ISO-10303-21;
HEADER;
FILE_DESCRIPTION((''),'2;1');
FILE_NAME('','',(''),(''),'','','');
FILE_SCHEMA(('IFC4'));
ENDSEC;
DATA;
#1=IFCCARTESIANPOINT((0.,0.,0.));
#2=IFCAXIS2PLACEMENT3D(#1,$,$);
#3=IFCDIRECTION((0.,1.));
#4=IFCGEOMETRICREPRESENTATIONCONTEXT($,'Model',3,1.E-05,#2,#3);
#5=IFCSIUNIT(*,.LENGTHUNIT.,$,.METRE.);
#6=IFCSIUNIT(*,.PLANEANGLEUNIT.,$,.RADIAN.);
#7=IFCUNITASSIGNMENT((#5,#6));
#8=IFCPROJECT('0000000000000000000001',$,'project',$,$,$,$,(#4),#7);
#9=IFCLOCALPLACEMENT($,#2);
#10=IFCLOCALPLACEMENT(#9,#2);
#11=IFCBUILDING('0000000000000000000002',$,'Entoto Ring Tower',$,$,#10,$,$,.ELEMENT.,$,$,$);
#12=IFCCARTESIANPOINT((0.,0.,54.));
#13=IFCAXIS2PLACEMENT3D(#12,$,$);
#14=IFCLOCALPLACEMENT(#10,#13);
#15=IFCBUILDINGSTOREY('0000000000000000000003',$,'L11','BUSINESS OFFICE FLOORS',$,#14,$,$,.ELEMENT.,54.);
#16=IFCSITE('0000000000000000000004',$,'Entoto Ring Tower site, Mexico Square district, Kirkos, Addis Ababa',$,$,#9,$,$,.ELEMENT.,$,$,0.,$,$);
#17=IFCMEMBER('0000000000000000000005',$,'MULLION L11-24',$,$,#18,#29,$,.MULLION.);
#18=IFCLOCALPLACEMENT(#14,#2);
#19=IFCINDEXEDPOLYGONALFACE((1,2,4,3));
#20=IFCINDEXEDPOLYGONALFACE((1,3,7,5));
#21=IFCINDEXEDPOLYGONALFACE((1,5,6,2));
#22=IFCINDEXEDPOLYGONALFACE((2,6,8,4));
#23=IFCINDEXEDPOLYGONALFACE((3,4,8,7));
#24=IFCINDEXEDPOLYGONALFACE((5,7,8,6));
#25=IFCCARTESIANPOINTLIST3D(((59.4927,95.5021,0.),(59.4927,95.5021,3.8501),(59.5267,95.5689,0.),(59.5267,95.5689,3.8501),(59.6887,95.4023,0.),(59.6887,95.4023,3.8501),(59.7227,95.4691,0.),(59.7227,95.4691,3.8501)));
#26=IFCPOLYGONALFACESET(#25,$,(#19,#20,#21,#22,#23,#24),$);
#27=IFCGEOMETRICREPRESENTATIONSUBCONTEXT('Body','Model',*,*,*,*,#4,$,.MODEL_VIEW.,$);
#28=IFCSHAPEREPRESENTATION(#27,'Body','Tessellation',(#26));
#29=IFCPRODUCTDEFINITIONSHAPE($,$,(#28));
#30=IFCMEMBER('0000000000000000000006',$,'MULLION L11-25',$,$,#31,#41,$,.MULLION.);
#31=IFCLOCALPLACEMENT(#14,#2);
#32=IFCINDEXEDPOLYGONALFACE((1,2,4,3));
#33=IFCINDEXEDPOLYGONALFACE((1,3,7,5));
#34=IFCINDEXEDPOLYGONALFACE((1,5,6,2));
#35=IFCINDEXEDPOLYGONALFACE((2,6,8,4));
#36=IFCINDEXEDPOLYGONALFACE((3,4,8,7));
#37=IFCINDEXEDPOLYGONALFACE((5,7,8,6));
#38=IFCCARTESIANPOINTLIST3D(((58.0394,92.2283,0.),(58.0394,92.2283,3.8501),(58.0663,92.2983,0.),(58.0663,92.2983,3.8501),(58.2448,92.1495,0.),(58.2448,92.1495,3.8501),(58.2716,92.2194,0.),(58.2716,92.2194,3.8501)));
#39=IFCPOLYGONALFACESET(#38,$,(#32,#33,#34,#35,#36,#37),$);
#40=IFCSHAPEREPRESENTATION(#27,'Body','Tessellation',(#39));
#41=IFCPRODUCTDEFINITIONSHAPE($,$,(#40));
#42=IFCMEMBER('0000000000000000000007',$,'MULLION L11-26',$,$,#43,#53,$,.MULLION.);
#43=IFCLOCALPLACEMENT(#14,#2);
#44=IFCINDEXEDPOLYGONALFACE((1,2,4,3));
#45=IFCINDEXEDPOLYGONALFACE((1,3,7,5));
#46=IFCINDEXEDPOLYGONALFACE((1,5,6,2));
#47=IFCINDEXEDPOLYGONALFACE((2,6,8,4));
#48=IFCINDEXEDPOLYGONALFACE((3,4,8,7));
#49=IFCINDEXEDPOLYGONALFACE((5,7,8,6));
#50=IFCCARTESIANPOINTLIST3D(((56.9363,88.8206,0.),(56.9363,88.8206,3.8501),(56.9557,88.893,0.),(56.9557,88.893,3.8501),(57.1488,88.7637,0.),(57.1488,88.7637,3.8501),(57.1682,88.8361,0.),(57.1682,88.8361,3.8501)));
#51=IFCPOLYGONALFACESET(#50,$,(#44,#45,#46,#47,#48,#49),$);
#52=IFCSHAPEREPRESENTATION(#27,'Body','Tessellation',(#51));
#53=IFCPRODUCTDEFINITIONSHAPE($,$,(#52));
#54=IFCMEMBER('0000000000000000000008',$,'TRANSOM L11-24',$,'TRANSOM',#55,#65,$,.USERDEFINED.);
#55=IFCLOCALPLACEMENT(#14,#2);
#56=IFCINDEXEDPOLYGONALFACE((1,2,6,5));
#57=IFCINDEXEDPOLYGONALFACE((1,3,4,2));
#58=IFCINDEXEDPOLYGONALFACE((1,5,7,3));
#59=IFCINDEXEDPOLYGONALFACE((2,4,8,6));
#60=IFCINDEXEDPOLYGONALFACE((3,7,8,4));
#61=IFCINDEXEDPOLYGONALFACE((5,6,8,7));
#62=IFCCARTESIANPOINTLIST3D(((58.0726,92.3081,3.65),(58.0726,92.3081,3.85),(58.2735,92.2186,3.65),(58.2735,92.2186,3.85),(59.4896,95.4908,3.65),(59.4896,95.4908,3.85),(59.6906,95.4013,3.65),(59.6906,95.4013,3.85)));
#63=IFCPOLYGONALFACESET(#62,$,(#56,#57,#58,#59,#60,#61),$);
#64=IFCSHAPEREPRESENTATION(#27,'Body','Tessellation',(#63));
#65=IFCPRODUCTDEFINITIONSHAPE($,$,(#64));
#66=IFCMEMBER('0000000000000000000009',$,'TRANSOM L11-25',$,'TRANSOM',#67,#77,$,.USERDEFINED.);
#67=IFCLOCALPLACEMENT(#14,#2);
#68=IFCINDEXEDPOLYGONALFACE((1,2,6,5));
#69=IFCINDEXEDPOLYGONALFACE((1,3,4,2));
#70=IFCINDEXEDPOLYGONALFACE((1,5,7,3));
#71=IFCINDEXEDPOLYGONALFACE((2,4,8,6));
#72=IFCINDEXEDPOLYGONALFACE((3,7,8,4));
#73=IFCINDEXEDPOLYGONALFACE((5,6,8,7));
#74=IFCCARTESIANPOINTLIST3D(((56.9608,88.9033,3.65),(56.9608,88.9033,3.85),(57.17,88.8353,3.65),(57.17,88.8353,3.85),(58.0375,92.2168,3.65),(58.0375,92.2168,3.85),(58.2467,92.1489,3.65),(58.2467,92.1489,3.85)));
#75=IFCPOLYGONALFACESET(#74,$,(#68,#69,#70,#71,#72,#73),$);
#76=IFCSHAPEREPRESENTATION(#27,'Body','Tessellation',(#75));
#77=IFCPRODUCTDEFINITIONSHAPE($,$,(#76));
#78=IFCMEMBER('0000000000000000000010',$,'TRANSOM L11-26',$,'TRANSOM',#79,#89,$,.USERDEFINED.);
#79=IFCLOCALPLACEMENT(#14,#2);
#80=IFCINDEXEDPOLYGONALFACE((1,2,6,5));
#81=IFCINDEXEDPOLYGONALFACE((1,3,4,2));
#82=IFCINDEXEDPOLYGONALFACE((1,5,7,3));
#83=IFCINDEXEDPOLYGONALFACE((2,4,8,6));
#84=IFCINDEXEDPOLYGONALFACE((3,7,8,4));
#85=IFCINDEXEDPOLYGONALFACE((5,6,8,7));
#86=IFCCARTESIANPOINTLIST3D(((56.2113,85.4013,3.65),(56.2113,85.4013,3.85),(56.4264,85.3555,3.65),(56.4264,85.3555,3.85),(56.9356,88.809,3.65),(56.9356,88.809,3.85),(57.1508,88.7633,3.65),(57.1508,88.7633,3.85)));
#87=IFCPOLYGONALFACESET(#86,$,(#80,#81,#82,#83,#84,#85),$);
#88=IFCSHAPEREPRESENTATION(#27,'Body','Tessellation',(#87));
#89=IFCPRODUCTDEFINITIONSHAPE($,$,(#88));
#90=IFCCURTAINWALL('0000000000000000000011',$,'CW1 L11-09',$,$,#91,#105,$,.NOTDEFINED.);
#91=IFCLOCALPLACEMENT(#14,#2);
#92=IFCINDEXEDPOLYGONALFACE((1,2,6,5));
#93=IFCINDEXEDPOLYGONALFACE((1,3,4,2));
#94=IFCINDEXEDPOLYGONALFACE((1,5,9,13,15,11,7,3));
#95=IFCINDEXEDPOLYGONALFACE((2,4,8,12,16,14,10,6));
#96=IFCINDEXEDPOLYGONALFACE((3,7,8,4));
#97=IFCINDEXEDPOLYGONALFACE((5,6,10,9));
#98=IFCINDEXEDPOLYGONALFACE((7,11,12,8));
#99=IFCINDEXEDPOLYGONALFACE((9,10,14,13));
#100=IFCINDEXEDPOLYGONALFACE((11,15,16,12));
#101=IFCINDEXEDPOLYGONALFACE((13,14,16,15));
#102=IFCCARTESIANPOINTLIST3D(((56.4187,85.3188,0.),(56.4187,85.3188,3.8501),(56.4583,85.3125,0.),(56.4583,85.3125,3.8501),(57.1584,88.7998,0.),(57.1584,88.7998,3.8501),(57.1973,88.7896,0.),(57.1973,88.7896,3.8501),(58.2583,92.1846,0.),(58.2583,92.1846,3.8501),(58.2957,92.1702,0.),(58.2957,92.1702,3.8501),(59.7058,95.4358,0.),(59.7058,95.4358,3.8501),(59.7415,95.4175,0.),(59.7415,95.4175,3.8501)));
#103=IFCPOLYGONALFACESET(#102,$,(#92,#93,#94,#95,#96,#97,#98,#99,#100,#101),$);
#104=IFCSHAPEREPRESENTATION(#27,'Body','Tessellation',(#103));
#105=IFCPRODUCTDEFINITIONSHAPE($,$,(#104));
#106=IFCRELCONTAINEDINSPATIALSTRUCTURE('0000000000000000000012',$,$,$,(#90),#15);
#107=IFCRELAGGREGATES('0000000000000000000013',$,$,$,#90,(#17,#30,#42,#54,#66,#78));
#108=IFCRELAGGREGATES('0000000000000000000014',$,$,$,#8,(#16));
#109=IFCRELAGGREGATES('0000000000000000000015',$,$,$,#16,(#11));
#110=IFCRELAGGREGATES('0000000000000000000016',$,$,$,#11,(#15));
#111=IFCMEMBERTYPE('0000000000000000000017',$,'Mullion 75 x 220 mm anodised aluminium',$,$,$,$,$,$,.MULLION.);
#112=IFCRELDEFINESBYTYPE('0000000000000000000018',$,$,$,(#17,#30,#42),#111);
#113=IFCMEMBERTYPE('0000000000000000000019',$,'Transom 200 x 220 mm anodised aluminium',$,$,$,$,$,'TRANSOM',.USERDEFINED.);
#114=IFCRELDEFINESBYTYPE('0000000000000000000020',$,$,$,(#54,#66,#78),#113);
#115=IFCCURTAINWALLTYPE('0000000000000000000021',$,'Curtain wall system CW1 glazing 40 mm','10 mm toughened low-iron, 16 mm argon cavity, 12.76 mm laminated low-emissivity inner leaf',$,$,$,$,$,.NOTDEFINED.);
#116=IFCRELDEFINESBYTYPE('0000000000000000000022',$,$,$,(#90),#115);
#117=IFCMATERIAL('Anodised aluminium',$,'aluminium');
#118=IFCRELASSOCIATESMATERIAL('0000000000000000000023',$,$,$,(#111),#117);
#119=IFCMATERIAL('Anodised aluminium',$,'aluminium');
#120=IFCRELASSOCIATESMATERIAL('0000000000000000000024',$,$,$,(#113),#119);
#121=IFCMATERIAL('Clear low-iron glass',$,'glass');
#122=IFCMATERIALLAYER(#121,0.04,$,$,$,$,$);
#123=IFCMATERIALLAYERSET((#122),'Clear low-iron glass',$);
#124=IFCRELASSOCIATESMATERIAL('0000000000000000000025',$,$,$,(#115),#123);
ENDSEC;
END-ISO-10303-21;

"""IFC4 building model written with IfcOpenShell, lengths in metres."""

from ifc_helpers import new_model, si_unit, direction, frame, origin, origin_2d, place, context, subcontext, project, spatial, polyline, rectangle, outline, extrude, material, layer, layer_set, material_profile, profile_set, type_object, element, aggregate, save


model = new_model("IFC4")

# Units and contexts
model_context = context("Model", 3, precision=1e-05, world=origin(), true_north=direction((0.0, 1.0)))
body_context = subcontext(model_context, "Body", "Model", "MODEL_VIEW")
ifc_project = project(units=[si_unit("LENGTHUNIT", "METRE"), si_unit("PLANEANGLEUNIT", "RADIAN")], contexts=[model_context])

# Members
ifc_material_1 = material(Name="Anodised aluminium", Category="aluminium")
ifc_material_profile_1 = material_profile(ifc_material_1, rectangle(XDim=0.075, YDim=0.22, at=origin_2d()), Name="Mullion 75 x 220 mm anodised aluminium")
ifc_profile_set_1 = profile_set([ifc_material_profile_1], Name="Anodised aluminium")
member_type_1 = type_object("IfcMemberType", Name="Mullion 75 x 220 mm anodised aluminium", PredefinedType="MULLION", material=ifc_profile_set_1)
site_placement = place(None, origin())
building_placement = place(site_placement, origin())
storey_placement = place(building_placement, frame((0.0, 0.0, 54.0)))
member_1_placement = place(storey_placement, frame((59.6077, 95.4856, 0.0), z_axis=(0.0, 0.0, 1.0), x_axis=(-0.45399, -0.891007, 0.0)))
member_1 = element("IfcMember", 1, at=member_1_placement, type_object=member_type_1, Name="MULLION L11-24", PredefinedType="MULLION", context=body_context, shape_type="SweptSolid", body=[
    extrude(rectangle(XDim=0.075, YDim=0.22, at=origin_2d()), origin(), (0.0, 0.0, 1.0), 3.8501),
])
member_2_placement = place(storey_placement, frame((58.1555, 92.2239, 0.0), z_axis=(0.0, 0.0, 1.0), x_axis=(-0.358368, -0.93358, 0.0)))
member_2 = element("IfcMember", 2, at=member_2_placement, type_object=member_type_1, Name="MULLION L11-25", PredefinedType="MULLION", context=body_context, shape_type="SweptSolid", body=[
    extrude(rectangle(XDim=0.075, YDim=0.22, at=origin_2d()), origin(), (0.0, 0.0, 1.0), 3.8501),
])
member_3_placement = place(storey_placement, frame((57.0522, 88.8284, 0.0), z_axis=(0.0, 0.0, 1.0), x_axis=(-0.258819, -0.965926, 0.0)))
member_3 = element("IfcMember", 3, at=member_3_placement, type_object=member_type_1, Name="MULLION L11-26", PredefinedType="MULLION", context=body_context, shape_type="SweptSolid", body=[
    extrude(rectangle(XDim=0.075, YDim=0.22, at=origin_2d()), origin(), (0.0, 0.0, 1.0), 3.8501),
])
ifc_material_2 = material(Name="Anodised aluminium", Category="aluminium")
ifc_material_profile_2 = material_profile(ifc_material_2, rectangle(XDim=0.22, YDim=0.2, at=origin_2d()), Name="Transom 200 x 220 mm anodised aluminium")
ifc_profile_set_2 = profile_set([ifc_material_profile_2], Name="Anodised aluminium")
member_type_2 = type_object("IfcMemberType", Name="Transom 200 x 220 mm anodised aluminium", ElementType="TRANSOM", PredefinedType="USERDEFINED", material=ifc_profile_set_2)
member_4_placement = place(storey_placement, frame((59.5901, 95.446, 3.75), z_axis=(-0.406737, -0.913545, 0.0), x_axis=(0.913545, -0.406737, 0.0)))
member_4 = element("IfcMember", 4, at=member_4_placement, type_object=member_type_2, Name="TRANSOM L11-24", ObjectType="TRANSOM", PredefinedType="USERDEFINED", context=body_context, shape_type="SweptSolid", body=[
    extrude(rectangle(XDim=0.22, YDim=0.2, at=origin_2d()), origin(), (0.0, 0.0, 1.0), 3.4839),
])
member_5_placement = place(storey_placement, frame((58.1421, 92.1829, 3.75), z_axis=(-0.309029, -0.951053, 0.0), x_axis=(0.951053, -0.309029, 0.0)))
member_5 = element("IfcMember", 5, at=member_5_placement, type_object=member_type_2, Name="TRANSOM L11-25", ObjectType="TRANSOM", PredefinedType="USERDEFINED", context=body_context, shape_type="SweptSolid", body=[
    extrude(rectangle(XDim=0.22, YDim=0.2, at=origin_2d()), origin(), (0.0, 0.0, 1.0), 3.4841),
])
member_6_placement = place(storey_placement, frame((57.0432, 88.7861, 3.75), z_axis=(-0.207921, -0.978146, 0.0), x_axis=(0.978146, -0.207921, 0.0)))
member_6 = element("IfcMember", 6, at=member_6_placement, type_object=member_type_2, Name="TRANSOM L11-26", ObjectType="TRANSOM", PredefinedType="USERDEFINED", context=body_context, shape_type="SweptSolid", body=[
    extrude(rectangle(XDim=0.22, YDim=0.2, at=origin_2d()), origin(), (0.0, 0.0, 1.0), 3.4839),
])

# Site, building, storey
site = spatial("IfcSite", under=ifc_project, at=site_placement, Name="Entoto Ring Tower site, Mexico Square district, Kirkos, Addis Ababa", CompositionType="ELEMENT", RefElevation=0.0)
building = spatial("IfcBuilding", under=site, at=building_placement, Name="Entoto Ring Tower", CompositionType="ELEMENT")
storey = spatial("IfcBuildingStorey", under=building, at=storey_placement, Name="L11", Description="BUSINESS OFFICE FLOORS", CompositionType="ELEMENT", Elevation=54.0)

# Curtain wall
ifc_material_3 = material(Name="Clear low-iron glass", Category="glass")
ifc_layer = layer(ifc_material_3, 0.04)
ifc_layer_set = layer_set([ifc_layer], Name="Clear low-iron glass")
curtain_wall_type = type_object("IfcCurtainWallType", Name="Curtain wall system CW1 glazing 40 mm", Description="10 mm toughened low-iron, 16 mm argon cavity, 12.76 mm laminated low-emissivity inner leaf", PredefinedType="NOTDEFINED", material=ifc_layer_set)
curtain_wall_1_placement = place(storey_placement, origin())
curtain_wall_1 = element("IfcCurtainWall", 7, at=curtain_wall_1_placement, inside=storey, type_object=curtain_wall_type, Name="CW1 L11-09", PredefinedType="NOTDEFINED", context=body_context, shape_type="SweptSolid", body=[
    extrude(outline(polyline([(59.7058, 95.4358), (58.2583, 92.1846), (57.1584, 88.7998), (56.4187, 85.3188), (56.4583, 85.3125), (57.1973, 88.7896), (58.2957, 92.1702), (59.7415, 95.4175), (59.7058, 95.4358)])), origin(), (0.0, 0.0, 1.0), 3.8501),
])
aggregate(curtain_wall_1, [member_1, member_2, member_3, member_4, member_5, member_6])

save(model, "model.ifc")
